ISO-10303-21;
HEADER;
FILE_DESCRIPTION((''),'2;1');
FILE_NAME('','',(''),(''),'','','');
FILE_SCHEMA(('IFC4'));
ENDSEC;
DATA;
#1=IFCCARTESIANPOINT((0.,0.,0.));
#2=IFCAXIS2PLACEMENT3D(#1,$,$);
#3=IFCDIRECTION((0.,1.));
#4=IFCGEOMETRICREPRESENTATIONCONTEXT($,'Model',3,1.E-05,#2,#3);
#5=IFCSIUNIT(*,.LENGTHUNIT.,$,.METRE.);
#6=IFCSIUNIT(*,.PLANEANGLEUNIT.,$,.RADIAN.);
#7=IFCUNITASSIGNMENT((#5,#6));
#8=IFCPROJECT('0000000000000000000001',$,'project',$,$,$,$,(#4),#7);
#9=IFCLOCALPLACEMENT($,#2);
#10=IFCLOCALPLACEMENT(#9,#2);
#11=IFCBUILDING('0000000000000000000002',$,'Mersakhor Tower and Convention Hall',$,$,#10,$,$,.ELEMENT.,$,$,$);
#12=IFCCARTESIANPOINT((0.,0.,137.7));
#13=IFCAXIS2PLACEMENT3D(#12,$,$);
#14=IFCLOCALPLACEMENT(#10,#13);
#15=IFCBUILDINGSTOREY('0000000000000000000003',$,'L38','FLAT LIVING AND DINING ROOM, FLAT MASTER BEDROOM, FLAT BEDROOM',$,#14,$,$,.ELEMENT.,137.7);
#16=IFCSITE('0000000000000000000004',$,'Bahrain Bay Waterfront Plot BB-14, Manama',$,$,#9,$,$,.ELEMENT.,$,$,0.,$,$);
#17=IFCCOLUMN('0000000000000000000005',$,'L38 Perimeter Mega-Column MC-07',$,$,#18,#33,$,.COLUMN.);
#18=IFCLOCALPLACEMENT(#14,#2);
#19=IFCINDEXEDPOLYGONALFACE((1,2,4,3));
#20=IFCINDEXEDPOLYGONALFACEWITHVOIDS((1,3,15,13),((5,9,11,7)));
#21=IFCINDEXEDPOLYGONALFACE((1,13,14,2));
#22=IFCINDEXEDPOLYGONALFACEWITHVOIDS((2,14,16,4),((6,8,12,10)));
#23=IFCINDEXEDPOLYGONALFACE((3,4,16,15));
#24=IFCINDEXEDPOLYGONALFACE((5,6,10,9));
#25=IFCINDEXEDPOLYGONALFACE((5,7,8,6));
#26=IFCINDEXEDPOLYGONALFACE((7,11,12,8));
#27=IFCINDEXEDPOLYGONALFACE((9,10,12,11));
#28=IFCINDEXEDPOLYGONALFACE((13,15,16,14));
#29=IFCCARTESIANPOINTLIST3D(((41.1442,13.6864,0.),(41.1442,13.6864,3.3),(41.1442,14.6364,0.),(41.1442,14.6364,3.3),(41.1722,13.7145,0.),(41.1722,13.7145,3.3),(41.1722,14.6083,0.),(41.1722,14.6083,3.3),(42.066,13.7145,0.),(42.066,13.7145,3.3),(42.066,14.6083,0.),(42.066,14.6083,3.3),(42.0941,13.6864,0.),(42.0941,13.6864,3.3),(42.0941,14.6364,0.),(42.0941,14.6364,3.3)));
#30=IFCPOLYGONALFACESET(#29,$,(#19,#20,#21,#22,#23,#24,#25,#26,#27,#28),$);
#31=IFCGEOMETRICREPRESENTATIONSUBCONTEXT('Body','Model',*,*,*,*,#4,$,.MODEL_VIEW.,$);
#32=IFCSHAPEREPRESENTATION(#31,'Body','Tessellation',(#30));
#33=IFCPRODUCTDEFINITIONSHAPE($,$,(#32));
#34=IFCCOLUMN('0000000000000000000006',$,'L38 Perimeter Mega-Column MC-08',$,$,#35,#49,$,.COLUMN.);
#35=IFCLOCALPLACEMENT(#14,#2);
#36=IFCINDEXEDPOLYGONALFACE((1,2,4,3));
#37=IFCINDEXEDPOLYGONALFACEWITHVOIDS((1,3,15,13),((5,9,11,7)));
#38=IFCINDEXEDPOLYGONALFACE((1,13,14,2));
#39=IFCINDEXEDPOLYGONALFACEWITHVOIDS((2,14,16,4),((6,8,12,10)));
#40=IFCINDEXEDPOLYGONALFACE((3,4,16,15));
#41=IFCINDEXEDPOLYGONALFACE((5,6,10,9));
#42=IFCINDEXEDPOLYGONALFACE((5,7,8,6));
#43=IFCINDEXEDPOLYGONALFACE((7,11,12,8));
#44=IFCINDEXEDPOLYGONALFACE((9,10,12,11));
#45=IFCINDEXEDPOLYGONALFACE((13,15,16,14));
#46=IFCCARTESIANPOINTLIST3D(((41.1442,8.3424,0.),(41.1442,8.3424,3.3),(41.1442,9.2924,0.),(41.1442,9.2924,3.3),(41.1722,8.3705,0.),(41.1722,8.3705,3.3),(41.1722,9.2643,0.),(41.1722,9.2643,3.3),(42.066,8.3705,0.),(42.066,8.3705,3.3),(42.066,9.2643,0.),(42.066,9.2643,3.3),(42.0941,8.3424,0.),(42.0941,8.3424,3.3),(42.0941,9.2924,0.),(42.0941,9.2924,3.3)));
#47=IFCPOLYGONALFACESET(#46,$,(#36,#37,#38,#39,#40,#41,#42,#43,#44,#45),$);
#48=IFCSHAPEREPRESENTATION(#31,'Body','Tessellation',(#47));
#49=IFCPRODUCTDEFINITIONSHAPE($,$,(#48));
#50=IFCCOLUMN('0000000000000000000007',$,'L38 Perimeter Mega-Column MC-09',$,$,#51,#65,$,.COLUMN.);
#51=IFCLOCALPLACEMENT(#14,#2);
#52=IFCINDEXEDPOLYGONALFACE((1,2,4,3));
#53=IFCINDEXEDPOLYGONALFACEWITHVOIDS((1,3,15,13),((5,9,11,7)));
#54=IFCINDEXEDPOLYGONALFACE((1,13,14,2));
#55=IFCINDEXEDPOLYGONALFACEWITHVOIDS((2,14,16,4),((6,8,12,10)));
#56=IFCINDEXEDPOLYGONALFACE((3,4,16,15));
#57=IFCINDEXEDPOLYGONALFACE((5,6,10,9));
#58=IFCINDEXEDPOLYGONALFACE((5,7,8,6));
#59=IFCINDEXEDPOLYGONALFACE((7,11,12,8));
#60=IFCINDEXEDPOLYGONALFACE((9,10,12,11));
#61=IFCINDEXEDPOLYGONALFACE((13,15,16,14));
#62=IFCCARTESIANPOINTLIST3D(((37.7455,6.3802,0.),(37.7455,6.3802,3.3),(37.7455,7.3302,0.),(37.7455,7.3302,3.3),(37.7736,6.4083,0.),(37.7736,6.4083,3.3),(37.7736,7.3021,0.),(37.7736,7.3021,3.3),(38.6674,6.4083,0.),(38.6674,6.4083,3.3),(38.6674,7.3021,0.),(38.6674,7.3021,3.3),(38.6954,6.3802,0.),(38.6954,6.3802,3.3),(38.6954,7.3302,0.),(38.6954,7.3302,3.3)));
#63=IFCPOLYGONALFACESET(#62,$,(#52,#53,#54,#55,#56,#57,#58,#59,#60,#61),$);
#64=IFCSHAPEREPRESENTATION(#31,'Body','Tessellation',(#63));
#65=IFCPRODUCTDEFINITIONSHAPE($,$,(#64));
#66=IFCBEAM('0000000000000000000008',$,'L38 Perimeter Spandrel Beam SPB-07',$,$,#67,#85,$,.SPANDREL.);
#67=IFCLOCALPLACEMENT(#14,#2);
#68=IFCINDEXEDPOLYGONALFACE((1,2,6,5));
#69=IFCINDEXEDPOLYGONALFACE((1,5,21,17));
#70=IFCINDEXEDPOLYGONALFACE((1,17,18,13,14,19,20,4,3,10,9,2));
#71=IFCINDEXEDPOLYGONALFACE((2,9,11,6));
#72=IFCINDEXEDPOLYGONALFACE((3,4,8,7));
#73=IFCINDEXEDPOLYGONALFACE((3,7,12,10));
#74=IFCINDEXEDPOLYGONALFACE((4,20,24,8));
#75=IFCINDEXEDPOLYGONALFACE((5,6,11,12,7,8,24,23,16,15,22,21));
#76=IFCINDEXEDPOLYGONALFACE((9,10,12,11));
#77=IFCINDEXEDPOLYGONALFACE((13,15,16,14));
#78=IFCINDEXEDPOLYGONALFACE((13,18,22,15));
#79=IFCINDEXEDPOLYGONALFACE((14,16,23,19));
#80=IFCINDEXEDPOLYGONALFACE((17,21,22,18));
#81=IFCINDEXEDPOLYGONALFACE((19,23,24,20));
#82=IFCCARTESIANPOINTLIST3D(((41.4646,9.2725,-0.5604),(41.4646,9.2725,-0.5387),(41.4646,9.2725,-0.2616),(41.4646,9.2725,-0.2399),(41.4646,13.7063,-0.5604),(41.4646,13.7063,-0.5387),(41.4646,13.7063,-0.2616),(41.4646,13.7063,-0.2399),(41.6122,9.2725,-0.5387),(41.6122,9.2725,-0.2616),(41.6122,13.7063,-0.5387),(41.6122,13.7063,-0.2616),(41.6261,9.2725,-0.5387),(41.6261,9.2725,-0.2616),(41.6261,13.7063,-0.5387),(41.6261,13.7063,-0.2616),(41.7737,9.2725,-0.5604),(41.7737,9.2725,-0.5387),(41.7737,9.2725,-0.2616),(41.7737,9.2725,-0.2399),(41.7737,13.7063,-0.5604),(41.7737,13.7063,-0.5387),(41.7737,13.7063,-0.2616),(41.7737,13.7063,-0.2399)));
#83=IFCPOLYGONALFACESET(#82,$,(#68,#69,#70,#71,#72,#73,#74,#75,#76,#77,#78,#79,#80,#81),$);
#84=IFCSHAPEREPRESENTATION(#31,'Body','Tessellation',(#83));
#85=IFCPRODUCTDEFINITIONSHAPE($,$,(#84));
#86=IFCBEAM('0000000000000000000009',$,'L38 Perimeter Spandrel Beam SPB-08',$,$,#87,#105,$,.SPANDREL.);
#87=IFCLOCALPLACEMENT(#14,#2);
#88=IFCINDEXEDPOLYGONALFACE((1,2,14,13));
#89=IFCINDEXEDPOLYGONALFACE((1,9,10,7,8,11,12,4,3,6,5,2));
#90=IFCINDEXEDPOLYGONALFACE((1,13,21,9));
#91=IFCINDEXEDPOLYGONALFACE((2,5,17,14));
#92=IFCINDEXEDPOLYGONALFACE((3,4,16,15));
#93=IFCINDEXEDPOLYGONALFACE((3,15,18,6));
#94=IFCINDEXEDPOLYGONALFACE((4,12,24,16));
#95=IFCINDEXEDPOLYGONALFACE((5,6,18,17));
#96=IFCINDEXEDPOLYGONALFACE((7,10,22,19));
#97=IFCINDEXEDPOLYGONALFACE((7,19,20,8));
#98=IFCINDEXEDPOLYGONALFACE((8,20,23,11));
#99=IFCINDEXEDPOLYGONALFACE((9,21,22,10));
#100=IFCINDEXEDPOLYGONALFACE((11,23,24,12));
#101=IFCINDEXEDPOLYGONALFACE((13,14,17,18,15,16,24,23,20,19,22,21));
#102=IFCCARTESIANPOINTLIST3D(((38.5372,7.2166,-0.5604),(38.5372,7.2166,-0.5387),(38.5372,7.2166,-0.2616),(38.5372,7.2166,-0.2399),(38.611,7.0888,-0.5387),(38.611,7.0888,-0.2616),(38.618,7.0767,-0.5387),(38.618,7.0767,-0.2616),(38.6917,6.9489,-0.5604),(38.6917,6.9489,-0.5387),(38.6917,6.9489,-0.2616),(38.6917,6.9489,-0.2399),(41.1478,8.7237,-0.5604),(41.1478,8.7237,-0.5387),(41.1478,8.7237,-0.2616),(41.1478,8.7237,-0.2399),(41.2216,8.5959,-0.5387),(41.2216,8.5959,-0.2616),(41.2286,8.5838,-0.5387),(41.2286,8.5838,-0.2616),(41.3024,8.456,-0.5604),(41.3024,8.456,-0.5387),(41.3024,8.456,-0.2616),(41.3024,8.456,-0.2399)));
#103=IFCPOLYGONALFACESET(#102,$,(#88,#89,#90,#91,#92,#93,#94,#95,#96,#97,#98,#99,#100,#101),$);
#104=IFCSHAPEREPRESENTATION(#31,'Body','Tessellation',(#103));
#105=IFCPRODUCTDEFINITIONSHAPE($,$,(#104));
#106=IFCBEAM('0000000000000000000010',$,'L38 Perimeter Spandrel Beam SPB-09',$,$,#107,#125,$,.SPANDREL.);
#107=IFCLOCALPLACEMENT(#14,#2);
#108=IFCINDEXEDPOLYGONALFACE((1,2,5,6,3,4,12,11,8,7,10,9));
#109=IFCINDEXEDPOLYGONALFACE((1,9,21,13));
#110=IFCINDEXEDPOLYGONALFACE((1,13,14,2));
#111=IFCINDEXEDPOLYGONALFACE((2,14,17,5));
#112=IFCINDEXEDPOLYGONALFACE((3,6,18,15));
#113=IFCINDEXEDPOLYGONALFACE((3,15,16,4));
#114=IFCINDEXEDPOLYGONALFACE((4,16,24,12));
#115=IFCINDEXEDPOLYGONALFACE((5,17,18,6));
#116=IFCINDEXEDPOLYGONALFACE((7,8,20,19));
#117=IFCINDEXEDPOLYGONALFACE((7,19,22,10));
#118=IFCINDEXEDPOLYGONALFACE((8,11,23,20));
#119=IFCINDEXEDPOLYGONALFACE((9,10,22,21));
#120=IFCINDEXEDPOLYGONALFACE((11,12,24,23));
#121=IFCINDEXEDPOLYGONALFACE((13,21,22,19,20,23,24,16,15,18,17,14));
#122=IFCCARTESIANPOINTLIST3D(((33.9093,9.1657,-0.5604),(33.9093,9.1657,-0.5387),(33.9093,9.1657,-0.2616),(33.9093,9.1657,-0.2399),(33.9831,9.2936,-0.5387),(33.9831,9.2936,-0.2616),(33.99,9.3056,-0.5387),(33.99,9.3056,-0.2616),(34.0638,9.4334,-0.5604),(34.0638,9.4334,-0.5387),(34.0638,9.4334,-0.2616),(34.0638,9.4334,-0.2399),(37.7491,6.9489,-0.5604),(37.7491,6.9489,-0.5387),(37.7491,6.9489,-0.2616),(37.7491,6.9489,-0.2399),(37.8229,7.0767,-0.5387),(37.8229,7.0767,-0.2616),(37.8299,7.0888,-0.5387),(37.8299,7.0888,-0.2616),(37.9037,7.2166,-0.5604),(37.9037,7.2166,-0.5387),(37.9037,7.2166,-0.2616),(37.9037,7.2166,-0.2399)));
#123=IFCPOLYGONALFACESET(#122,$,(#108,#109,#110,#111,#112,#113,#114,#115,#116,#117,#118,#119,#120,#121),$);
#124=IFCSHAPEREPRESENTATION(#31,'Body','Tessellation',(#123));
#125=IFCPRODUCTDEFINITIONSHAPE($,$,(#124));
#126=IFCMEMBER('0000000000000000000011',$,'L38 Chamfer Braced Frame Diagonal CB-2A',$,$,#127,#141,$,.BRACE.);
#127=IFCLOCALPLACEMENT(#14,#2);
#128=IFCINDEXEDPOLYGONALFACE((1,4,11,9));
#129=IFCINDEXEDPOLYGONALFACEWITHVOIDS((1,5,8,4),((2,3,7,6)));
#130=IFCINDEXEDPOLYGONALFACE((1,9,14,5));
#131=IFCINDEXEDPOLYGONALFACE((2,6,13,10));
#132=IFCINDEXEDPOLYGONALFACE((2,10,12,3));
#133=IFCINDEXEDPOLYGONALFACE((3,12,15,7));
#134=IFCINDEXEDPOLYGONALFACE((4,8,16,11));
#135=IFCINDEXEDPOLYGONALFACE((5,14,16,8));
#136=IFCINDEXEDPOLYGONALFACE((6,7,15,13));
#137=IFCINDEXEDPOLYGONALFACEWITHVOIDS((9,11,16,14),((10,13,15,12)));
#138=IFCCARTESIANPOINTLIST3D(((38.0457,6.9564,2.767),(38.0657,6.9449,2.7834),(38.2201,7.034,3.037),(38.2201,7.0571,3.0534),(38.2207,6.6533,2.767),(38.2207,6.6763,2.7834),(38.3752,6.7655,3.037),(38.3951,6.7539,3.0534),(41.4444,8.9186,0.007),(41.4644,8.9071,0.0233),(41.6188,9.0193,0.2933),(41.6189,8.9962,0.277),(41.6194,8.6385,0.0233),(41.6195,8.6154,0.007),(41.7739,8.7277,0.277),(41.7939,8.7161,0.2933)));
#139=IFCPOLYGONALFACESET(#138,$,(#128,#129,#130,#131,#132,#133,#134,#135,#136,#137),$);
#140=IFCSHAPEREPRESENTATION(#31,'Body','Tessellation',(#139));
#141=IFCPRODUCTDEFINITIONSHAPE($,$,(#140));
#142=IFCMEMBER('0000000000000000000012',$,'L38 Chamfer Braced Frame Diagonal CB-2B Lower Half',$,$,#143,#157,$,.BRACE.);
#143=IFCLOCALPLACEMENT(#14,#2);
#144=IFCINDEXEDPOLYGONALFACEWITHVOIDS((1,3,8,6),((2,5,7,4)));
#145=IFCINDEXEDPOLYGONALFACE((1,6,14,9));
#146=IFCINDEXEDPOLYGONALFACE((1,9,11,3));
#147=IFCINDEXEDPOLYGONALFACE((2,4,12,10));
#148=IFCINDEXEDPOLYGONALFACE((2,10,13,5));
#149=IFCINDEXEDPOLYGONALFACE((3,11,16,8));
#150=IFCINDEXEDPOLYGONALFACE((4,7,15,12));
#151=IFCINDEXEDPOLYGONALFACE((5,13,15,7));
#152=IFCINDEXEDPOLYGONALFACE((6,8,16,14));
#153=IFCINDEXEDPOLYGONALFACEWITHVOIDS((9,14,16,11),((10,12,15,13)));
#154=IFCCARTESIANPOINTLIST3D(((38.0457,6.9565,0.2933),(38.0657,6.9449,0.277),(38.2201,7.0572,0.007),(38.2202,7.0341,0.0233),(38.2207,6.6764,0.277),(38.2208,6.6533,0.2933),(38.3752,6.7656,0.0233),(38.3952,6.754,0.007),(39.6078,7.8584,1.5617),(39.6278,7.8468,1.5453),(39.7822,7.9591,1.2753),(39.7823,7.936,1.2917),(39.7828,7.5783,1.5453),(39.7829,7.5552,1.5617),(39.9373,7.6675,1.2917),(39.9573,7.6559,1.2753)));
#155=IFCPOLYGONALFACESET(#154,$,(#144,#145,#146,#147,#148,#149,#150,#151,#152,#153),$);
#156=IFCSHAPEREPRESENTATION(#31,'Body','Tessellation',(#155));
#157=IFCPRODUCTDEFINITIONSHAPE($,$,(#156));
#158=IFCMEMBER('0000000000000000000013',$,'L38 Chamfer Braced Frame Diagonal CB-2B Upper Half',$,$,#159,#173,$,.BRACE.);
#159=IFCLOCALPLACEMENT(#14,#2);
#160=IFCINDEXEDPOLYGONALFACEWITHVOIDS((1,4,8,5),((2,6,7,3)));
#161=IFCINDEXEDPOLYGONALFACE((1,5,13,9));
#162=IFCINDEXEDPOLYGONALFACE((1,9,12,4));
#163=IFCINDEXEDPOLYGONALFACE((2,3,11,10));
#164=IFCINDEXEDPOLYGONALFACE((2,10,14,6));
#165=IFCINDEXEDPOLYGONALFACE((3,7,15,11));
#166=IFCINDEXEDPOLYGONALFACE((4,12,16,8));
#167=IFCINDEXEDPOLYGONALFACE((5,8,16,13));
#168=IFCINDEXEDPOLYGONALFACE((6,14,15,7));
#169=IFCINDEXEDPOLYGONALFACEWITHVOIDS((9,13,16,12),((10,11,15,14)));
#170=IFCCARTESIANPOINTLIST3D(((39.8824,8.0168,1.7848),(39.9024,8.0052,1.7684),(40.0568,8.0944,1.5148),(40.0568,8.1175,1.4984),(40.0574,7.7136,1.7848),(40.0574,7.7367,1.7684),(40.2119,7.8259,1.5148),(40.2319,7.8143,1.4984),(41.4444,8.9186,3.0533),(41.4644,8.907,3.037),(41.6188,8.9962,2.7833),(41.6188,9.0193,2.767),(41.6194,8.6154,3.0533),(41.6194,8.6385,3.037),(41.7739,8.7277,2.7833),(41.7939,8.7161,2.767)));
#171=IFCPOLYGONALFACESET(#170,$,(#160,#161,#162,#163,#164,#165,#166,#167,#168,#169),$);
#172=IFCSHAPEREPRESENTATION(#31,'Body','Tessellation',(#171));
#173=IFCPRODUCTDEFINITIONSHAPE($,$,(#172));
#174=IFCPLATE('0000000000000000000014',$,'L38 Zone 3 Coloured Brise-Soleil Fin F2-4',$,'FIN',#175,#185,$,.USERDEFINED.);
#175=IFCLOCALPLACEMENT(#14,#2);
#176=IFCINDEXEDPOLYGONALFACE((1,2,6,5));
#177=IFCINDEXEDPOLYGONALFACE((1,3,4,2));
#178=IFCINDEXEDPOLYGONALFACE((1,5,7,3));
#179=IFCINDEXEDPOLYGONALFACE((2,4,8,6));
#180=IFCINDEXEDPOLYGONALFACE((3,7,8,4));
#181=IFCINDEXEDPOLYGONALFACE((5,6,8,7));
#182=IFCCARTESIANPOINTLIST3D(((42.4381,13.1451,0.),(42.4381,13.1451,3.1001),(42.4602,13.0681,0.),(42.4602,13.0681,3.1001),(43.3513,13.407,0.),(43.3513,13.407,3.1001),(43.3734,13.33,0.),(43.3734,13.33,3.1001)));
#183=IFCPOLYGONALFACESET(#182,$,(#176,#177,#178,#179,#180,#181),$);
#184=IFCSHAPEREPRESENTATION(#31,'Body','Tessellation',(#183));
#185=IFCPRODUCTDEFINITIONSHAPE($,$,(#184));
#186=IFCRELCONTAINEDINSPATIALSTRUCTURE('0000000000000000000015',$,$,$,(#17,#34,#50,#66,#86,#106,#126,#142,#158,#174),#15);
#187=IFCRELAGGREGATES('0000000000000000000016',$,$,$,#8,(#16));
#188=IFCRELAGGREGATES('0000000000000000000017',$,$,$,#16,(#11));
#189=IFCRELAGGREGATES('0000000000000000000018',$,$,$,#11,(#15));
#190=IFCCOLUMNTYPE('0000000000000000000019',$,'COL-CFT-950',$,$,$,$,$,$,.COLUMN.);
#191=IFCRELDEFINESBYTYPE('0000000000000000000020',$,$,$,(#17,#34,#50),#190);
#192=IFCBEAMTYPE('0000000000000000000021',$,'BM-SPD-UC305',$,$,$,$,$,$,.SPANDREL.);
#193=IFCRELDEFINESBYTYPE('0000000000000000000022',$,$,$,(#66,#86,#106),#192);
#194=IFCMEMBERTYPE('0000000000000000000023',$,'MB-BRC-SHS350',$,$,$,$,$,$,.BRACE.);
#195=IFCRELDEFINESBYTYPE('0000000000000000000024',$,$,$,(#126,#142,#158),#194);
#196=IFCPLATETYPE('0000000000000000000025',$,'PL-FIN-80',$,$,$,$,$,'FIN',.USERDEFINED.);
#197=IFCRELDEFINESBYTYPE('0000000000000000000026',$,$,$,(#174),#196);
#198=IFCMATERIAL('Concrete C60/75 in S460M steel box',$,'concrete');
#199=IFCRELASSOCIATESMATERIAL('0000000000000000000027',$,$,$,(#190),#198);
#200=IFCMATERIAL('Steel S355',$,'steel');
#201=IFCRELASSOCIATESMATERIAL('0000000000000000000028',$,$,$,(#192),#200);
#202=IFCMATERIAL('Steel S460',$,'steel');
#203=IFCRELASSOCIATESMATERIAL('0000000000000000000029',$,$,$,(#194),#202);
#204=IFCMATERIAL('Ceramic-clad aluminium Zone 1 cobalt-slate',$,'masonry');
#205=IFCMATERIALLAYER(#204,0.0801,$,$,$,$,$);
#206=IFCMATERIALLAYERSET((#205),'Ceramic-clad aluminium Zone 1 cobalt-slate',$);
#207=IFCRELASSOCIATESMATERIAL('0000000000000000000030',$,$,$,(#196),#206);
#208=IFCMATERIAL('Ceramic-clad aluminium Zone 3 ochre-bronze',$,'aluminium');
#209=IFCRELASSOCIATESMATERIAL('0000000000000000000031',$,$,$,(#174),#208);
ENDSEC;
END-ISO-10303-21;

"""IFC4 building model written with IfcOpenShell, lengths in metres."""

from ifc_helpers import new_model, si_unit, direction, frame, origin, origin_2d, place, context, subcontext, project, spatial, rectangle, hollow_rectangle, i_section, extrude, material, layer, layer_set, material_profile, profile_set, type_object, element, save


model = new_model("IFC4")

# Units and contexts
model_context = context("Model", 3, precision=1e-05, world=origin(), true_north=direction((0.0, 1.0)))
body_context = subcontext(model_context, "Body", "Model", "MODEL_VIEW")
ifc_project = project(units=[si_unit("LENGTHUNIT", "METRE"), si_unit("PLANEANGLEUNIT", "RADIAN")], contexts=[model_context])

# Site, building, storey
site_placement = place(None, origin())
site = spatial("IfcSite", under=ifc_project, at=site_placement, Name="Bahrain Bay Waterfront Plot BB-14, Manama", CompositionType="ELEMENT", RefElevation=0.0)
building_placement = place(site_placement, origin())
building = spatial("IfcBuilding", under=site, at=building_placement, Name="Mersakhor Tower and Convention Hall", CompositionType="ELEMENT")
storey_placement = place(building_placement, frame((0.0, 0.0, 137.7)))
storey = spatial("IfcBuildingStorey", under=building, at=storey_placement, Name="L38", Description="FLAT LIVING AND DINING ROOM, FLAT MASTER BEDROOM, FLAT BEDROOM", CompositionType="ELEMENT", Elevation=137.7)

# Columns
ifc_material_1 = material(Name="Concrete C60/75 in S460M steel box", Category="concrete")
ifc_material_profile_1 = material_profile(ifc_material_1, hollow_rectangle(XDim=0.95, YDim=0.95, WallThickness=0.0281, at=origin_2d()), Name="SHS 950x950x28")
ifc_profile_set_1 = profile_set([ifc_material_profile_1], Name="Concrete C60/75 in S460M steel box")
column_type = type_object("IfcColumnType", Name="COL-CFT-950", PredefinedType="COLUMN", material=ifc_profile_set_1)
for number, where, z_axis, x_axis, name in (
    (1, (41.6191, 14.1614, 0.0), (0.0, 0.0, 1.0), (1.0, 0.0, 0.0), "L38 Perimeter Mega-Column MC-07"),
    (2, (41.6191, 8.8174, 0.0), (0.0, 0.0, 1.0), (1.0, 0.0, 0.0), "L38 Perimeter Mega-Column MC-08"),
    (3, (38.2205, 6.8552, 0.0), (0.0, 0.0, 1.0), (1.0, 0.0, 0.0), "L38 Perimeter Mega-Column MC-09"),
):
    element("IfcColumn", number, at=place(storey_placement, frame(where, z_axis=z_axis, x_axis=x_axis)), inside=storey, type_object=column_type, Name=name, PredefinedType="COLUMN", context=body_context, shape_type="SweptSolid", body=[
        extrude(hollow_rectangle(XDim=0.95, YDim=0.95, WallThickness=0.0281, at=origin_2d()), origin(), (0.0, 0.0, 1.0), 3.3),
    ])

# Beams
ifc_material_2 = material(Name="Steel S355", Category="steel")
ifc_material_profile_2 = material_profile(ifc_material_2, i_section(OverallWidth=0.3091, OverallDepth=0.3206, WebThickness=0.0139, FlangeThickness=0.0217, at=origin_2d()), Name="UC 305x305x137")
ifc_profile_set_2 = profile_set([ifc_material_profile_2], Name="Steel S355")
beam_type = type_object("IfcBeamType", Name="BM-SPD-UC305", PredefinedType="SPANDREL", material=ifc_profile_set_2)
beam_1_placement = place(storey_placement, frame((41.6191, 13.7063, -0.4001), z_axis=(0.0, -1.0, 0.0), x_axis=(1.0, 0.0, 0.0)))
element("IfcBeam", 4, at=beam_1_placement, inside=storey, type_object=beam_type, Name="L38 Perimeter Spandrel Beam SPB-07", PredefinedType="SPANDREL", context=body_context, shape_type="SweptSolid", body=[
    extrude(i_section(OverallWidth=0.3091, OverallDepth=0.3206, WebThickness=0.0139, FlangeThickness=0.0217, at=origin_2d()), origin(), (0.0, 0.0, 1.0), 4.4338),
])
beam_2_placement = place(storey_placement, frame((41.2251, 8.5898, -0.4001), z_axis=(-0.866047, -0.499963, 0.0), x_axis=(0.499963, -0.866047, 0.0)))
element("IfcBeam", 5, at=beam_2_placement, inside=storey, type_object=beam_type, Name="L38 Perimeter Spandrel Beam SPB-08", PredefinedType="SPANDREL", context=body_context, shape_type="SweptSolid", body=[
    extrude(i_section(OverallWidth=0.3091, OverallDepth=0.3206, WebThickness=0.0139, FlangeThickness=0.0217, at=origin_2d()), origin(), (0.0, 0.0, 1.0), 3.0144),
])
beam_3_placement = place(storey_placement, frame((37.8264, 7.0828, -0.4001), z_axis=(-0.866039, 0.499977, 0.0), x_axis=(-0.499977, -0.866039, 0.0)))
element("IfcBeam", 6, at=beam_3_placement, inside=storey, type_object=beam_type, Name="L38 Perimeter Spandrel Beam SPB-09", PredefinedType="SPANDREL", context=body_context, shape_type="SweptSolid", body=[
    extrude(i_section(OverallWidth=0.3091, OverallDepth=0.3206, WebThickness=0.0139, FlangeThickness=0.0217, at=origin_2d()), origin(), (0.0, 0.0, 1.0), 4.4338),
])

# Members
ifc_material_3 = material(Name="Steel S460", Category="steel")
ifc_material_profile_3 = material_profile(ifc_material_3, hollow_rectangle(XDim=0.3501, YDim=0.3501, WallThickness=0.02, at=origin_2d()), Name="SHS 350x350x20")
ifc_profile_set_3 = profile_set([ifc_material_profile_3], Name="Steel S460")
member_type = type_object("IfcMemberType", Name="MB-BRC-SHS350", PredefinedType="BRACE", material=ifc_profile_set_3)
member_placement = place(storey_placement, frame((41.6191, 8.8174, 0.1501), z_axis=(-0.708385, -0.408972, 0.575267), x_axis=(0.499986, -0.866033, 0.0)))
element("IfcMember", 7, at=member_placement, inside=storey, type_object=member_type, Name="L38 Chamfer Braced Frame Diagonal CB-2A", PredefinedType="BRACE", context=body_context, shape_type="SweptSolid", body=[
    extrude(hollow_rectangle(XDim=0.3501, YDim=0.3501, WallThickness=0.02, at=origin_2d()), origin(), (0.0, 0.0, 1.0), 4.7979),
])
for number, where, z_axis, x_axis, name in (
    (8, (38.2205, 6.8552, 0.1501), (0.708409, 0.409013, 0.575209), (-0.500011, 0.866019, 0.0), "L38 Chamfer Braced Frame Diagonal CB-2B Lower Half"),
    (9, (40.0571, 7.9155, 1.6416), (0.708364, 0.408987, 0.575283), (-0.500011, 0.866019, 0.0), "L38 Chamfer Braced Frame Diagonal CB-2B Upper Half"),
):
    element("IfcMember", number, at=place(storey_placement, frame(where, z_axis=z_axis, x_axis=x_axis)), inside=storey, type_object=member_type, Name=name, PredefinedType="BRACE", context=body_context, shape_type="SweptSolid", body=[
        extrude(hollow_rectangle(XDim=0.3501, YDim=0.3501, WallThickness=0.02, at=origin_2d()), origin(), (0.0, 0.0, 1.0), 2.2051),
    ])

# Plate
ifc_material_4 = material(Name="Ceramic-clad aluminium Zone 3 ochre-bronze", Category="aluminium")
ifc_material_5 = material(Name="Ceramic-clad aluminium Zone 1 cobalt-slate", Category="masonry")
ifc_layer_1 = layer(ifc_material_5, 0.0801)
ifc_layer_set_1 = layer_set([ifc_layer_1], Name="Ceramic-clad aluminium Zone 1 cobalt-slate")
plate_type_1 = type_object("IfcPlateType", Name="PL-FIN-80", ElementType="FIN", PredefinedType="USERDEFINED", material=ifc_layer_set_1)
plate_1_placement = place(storey_placement, frame((42.9058, 13.2375, 0.0), z_axis=(0.0, 0.0, 1.0), x_axis=(0.961262, 0.275637, 0.0)))
element("IfcPlate", 10, at=plate_1_placement, inside=storey, type_object=plate_type_1, material=ifc_material_4, Name="L38 Zone 3 Coloured Brise-Soleil Fin F2-4", ObjectType="FIN", PredefinedType="USERDEFINED", context=body_context, shape_type="SweptSolid", body=[
    extrude(rectangle(XDim=0.95, YDim=0.0801, at=origin_2d()), origin(), (0.0, 0.0, 1.0), 3.1001),
])

save(model, "model.ifc")
